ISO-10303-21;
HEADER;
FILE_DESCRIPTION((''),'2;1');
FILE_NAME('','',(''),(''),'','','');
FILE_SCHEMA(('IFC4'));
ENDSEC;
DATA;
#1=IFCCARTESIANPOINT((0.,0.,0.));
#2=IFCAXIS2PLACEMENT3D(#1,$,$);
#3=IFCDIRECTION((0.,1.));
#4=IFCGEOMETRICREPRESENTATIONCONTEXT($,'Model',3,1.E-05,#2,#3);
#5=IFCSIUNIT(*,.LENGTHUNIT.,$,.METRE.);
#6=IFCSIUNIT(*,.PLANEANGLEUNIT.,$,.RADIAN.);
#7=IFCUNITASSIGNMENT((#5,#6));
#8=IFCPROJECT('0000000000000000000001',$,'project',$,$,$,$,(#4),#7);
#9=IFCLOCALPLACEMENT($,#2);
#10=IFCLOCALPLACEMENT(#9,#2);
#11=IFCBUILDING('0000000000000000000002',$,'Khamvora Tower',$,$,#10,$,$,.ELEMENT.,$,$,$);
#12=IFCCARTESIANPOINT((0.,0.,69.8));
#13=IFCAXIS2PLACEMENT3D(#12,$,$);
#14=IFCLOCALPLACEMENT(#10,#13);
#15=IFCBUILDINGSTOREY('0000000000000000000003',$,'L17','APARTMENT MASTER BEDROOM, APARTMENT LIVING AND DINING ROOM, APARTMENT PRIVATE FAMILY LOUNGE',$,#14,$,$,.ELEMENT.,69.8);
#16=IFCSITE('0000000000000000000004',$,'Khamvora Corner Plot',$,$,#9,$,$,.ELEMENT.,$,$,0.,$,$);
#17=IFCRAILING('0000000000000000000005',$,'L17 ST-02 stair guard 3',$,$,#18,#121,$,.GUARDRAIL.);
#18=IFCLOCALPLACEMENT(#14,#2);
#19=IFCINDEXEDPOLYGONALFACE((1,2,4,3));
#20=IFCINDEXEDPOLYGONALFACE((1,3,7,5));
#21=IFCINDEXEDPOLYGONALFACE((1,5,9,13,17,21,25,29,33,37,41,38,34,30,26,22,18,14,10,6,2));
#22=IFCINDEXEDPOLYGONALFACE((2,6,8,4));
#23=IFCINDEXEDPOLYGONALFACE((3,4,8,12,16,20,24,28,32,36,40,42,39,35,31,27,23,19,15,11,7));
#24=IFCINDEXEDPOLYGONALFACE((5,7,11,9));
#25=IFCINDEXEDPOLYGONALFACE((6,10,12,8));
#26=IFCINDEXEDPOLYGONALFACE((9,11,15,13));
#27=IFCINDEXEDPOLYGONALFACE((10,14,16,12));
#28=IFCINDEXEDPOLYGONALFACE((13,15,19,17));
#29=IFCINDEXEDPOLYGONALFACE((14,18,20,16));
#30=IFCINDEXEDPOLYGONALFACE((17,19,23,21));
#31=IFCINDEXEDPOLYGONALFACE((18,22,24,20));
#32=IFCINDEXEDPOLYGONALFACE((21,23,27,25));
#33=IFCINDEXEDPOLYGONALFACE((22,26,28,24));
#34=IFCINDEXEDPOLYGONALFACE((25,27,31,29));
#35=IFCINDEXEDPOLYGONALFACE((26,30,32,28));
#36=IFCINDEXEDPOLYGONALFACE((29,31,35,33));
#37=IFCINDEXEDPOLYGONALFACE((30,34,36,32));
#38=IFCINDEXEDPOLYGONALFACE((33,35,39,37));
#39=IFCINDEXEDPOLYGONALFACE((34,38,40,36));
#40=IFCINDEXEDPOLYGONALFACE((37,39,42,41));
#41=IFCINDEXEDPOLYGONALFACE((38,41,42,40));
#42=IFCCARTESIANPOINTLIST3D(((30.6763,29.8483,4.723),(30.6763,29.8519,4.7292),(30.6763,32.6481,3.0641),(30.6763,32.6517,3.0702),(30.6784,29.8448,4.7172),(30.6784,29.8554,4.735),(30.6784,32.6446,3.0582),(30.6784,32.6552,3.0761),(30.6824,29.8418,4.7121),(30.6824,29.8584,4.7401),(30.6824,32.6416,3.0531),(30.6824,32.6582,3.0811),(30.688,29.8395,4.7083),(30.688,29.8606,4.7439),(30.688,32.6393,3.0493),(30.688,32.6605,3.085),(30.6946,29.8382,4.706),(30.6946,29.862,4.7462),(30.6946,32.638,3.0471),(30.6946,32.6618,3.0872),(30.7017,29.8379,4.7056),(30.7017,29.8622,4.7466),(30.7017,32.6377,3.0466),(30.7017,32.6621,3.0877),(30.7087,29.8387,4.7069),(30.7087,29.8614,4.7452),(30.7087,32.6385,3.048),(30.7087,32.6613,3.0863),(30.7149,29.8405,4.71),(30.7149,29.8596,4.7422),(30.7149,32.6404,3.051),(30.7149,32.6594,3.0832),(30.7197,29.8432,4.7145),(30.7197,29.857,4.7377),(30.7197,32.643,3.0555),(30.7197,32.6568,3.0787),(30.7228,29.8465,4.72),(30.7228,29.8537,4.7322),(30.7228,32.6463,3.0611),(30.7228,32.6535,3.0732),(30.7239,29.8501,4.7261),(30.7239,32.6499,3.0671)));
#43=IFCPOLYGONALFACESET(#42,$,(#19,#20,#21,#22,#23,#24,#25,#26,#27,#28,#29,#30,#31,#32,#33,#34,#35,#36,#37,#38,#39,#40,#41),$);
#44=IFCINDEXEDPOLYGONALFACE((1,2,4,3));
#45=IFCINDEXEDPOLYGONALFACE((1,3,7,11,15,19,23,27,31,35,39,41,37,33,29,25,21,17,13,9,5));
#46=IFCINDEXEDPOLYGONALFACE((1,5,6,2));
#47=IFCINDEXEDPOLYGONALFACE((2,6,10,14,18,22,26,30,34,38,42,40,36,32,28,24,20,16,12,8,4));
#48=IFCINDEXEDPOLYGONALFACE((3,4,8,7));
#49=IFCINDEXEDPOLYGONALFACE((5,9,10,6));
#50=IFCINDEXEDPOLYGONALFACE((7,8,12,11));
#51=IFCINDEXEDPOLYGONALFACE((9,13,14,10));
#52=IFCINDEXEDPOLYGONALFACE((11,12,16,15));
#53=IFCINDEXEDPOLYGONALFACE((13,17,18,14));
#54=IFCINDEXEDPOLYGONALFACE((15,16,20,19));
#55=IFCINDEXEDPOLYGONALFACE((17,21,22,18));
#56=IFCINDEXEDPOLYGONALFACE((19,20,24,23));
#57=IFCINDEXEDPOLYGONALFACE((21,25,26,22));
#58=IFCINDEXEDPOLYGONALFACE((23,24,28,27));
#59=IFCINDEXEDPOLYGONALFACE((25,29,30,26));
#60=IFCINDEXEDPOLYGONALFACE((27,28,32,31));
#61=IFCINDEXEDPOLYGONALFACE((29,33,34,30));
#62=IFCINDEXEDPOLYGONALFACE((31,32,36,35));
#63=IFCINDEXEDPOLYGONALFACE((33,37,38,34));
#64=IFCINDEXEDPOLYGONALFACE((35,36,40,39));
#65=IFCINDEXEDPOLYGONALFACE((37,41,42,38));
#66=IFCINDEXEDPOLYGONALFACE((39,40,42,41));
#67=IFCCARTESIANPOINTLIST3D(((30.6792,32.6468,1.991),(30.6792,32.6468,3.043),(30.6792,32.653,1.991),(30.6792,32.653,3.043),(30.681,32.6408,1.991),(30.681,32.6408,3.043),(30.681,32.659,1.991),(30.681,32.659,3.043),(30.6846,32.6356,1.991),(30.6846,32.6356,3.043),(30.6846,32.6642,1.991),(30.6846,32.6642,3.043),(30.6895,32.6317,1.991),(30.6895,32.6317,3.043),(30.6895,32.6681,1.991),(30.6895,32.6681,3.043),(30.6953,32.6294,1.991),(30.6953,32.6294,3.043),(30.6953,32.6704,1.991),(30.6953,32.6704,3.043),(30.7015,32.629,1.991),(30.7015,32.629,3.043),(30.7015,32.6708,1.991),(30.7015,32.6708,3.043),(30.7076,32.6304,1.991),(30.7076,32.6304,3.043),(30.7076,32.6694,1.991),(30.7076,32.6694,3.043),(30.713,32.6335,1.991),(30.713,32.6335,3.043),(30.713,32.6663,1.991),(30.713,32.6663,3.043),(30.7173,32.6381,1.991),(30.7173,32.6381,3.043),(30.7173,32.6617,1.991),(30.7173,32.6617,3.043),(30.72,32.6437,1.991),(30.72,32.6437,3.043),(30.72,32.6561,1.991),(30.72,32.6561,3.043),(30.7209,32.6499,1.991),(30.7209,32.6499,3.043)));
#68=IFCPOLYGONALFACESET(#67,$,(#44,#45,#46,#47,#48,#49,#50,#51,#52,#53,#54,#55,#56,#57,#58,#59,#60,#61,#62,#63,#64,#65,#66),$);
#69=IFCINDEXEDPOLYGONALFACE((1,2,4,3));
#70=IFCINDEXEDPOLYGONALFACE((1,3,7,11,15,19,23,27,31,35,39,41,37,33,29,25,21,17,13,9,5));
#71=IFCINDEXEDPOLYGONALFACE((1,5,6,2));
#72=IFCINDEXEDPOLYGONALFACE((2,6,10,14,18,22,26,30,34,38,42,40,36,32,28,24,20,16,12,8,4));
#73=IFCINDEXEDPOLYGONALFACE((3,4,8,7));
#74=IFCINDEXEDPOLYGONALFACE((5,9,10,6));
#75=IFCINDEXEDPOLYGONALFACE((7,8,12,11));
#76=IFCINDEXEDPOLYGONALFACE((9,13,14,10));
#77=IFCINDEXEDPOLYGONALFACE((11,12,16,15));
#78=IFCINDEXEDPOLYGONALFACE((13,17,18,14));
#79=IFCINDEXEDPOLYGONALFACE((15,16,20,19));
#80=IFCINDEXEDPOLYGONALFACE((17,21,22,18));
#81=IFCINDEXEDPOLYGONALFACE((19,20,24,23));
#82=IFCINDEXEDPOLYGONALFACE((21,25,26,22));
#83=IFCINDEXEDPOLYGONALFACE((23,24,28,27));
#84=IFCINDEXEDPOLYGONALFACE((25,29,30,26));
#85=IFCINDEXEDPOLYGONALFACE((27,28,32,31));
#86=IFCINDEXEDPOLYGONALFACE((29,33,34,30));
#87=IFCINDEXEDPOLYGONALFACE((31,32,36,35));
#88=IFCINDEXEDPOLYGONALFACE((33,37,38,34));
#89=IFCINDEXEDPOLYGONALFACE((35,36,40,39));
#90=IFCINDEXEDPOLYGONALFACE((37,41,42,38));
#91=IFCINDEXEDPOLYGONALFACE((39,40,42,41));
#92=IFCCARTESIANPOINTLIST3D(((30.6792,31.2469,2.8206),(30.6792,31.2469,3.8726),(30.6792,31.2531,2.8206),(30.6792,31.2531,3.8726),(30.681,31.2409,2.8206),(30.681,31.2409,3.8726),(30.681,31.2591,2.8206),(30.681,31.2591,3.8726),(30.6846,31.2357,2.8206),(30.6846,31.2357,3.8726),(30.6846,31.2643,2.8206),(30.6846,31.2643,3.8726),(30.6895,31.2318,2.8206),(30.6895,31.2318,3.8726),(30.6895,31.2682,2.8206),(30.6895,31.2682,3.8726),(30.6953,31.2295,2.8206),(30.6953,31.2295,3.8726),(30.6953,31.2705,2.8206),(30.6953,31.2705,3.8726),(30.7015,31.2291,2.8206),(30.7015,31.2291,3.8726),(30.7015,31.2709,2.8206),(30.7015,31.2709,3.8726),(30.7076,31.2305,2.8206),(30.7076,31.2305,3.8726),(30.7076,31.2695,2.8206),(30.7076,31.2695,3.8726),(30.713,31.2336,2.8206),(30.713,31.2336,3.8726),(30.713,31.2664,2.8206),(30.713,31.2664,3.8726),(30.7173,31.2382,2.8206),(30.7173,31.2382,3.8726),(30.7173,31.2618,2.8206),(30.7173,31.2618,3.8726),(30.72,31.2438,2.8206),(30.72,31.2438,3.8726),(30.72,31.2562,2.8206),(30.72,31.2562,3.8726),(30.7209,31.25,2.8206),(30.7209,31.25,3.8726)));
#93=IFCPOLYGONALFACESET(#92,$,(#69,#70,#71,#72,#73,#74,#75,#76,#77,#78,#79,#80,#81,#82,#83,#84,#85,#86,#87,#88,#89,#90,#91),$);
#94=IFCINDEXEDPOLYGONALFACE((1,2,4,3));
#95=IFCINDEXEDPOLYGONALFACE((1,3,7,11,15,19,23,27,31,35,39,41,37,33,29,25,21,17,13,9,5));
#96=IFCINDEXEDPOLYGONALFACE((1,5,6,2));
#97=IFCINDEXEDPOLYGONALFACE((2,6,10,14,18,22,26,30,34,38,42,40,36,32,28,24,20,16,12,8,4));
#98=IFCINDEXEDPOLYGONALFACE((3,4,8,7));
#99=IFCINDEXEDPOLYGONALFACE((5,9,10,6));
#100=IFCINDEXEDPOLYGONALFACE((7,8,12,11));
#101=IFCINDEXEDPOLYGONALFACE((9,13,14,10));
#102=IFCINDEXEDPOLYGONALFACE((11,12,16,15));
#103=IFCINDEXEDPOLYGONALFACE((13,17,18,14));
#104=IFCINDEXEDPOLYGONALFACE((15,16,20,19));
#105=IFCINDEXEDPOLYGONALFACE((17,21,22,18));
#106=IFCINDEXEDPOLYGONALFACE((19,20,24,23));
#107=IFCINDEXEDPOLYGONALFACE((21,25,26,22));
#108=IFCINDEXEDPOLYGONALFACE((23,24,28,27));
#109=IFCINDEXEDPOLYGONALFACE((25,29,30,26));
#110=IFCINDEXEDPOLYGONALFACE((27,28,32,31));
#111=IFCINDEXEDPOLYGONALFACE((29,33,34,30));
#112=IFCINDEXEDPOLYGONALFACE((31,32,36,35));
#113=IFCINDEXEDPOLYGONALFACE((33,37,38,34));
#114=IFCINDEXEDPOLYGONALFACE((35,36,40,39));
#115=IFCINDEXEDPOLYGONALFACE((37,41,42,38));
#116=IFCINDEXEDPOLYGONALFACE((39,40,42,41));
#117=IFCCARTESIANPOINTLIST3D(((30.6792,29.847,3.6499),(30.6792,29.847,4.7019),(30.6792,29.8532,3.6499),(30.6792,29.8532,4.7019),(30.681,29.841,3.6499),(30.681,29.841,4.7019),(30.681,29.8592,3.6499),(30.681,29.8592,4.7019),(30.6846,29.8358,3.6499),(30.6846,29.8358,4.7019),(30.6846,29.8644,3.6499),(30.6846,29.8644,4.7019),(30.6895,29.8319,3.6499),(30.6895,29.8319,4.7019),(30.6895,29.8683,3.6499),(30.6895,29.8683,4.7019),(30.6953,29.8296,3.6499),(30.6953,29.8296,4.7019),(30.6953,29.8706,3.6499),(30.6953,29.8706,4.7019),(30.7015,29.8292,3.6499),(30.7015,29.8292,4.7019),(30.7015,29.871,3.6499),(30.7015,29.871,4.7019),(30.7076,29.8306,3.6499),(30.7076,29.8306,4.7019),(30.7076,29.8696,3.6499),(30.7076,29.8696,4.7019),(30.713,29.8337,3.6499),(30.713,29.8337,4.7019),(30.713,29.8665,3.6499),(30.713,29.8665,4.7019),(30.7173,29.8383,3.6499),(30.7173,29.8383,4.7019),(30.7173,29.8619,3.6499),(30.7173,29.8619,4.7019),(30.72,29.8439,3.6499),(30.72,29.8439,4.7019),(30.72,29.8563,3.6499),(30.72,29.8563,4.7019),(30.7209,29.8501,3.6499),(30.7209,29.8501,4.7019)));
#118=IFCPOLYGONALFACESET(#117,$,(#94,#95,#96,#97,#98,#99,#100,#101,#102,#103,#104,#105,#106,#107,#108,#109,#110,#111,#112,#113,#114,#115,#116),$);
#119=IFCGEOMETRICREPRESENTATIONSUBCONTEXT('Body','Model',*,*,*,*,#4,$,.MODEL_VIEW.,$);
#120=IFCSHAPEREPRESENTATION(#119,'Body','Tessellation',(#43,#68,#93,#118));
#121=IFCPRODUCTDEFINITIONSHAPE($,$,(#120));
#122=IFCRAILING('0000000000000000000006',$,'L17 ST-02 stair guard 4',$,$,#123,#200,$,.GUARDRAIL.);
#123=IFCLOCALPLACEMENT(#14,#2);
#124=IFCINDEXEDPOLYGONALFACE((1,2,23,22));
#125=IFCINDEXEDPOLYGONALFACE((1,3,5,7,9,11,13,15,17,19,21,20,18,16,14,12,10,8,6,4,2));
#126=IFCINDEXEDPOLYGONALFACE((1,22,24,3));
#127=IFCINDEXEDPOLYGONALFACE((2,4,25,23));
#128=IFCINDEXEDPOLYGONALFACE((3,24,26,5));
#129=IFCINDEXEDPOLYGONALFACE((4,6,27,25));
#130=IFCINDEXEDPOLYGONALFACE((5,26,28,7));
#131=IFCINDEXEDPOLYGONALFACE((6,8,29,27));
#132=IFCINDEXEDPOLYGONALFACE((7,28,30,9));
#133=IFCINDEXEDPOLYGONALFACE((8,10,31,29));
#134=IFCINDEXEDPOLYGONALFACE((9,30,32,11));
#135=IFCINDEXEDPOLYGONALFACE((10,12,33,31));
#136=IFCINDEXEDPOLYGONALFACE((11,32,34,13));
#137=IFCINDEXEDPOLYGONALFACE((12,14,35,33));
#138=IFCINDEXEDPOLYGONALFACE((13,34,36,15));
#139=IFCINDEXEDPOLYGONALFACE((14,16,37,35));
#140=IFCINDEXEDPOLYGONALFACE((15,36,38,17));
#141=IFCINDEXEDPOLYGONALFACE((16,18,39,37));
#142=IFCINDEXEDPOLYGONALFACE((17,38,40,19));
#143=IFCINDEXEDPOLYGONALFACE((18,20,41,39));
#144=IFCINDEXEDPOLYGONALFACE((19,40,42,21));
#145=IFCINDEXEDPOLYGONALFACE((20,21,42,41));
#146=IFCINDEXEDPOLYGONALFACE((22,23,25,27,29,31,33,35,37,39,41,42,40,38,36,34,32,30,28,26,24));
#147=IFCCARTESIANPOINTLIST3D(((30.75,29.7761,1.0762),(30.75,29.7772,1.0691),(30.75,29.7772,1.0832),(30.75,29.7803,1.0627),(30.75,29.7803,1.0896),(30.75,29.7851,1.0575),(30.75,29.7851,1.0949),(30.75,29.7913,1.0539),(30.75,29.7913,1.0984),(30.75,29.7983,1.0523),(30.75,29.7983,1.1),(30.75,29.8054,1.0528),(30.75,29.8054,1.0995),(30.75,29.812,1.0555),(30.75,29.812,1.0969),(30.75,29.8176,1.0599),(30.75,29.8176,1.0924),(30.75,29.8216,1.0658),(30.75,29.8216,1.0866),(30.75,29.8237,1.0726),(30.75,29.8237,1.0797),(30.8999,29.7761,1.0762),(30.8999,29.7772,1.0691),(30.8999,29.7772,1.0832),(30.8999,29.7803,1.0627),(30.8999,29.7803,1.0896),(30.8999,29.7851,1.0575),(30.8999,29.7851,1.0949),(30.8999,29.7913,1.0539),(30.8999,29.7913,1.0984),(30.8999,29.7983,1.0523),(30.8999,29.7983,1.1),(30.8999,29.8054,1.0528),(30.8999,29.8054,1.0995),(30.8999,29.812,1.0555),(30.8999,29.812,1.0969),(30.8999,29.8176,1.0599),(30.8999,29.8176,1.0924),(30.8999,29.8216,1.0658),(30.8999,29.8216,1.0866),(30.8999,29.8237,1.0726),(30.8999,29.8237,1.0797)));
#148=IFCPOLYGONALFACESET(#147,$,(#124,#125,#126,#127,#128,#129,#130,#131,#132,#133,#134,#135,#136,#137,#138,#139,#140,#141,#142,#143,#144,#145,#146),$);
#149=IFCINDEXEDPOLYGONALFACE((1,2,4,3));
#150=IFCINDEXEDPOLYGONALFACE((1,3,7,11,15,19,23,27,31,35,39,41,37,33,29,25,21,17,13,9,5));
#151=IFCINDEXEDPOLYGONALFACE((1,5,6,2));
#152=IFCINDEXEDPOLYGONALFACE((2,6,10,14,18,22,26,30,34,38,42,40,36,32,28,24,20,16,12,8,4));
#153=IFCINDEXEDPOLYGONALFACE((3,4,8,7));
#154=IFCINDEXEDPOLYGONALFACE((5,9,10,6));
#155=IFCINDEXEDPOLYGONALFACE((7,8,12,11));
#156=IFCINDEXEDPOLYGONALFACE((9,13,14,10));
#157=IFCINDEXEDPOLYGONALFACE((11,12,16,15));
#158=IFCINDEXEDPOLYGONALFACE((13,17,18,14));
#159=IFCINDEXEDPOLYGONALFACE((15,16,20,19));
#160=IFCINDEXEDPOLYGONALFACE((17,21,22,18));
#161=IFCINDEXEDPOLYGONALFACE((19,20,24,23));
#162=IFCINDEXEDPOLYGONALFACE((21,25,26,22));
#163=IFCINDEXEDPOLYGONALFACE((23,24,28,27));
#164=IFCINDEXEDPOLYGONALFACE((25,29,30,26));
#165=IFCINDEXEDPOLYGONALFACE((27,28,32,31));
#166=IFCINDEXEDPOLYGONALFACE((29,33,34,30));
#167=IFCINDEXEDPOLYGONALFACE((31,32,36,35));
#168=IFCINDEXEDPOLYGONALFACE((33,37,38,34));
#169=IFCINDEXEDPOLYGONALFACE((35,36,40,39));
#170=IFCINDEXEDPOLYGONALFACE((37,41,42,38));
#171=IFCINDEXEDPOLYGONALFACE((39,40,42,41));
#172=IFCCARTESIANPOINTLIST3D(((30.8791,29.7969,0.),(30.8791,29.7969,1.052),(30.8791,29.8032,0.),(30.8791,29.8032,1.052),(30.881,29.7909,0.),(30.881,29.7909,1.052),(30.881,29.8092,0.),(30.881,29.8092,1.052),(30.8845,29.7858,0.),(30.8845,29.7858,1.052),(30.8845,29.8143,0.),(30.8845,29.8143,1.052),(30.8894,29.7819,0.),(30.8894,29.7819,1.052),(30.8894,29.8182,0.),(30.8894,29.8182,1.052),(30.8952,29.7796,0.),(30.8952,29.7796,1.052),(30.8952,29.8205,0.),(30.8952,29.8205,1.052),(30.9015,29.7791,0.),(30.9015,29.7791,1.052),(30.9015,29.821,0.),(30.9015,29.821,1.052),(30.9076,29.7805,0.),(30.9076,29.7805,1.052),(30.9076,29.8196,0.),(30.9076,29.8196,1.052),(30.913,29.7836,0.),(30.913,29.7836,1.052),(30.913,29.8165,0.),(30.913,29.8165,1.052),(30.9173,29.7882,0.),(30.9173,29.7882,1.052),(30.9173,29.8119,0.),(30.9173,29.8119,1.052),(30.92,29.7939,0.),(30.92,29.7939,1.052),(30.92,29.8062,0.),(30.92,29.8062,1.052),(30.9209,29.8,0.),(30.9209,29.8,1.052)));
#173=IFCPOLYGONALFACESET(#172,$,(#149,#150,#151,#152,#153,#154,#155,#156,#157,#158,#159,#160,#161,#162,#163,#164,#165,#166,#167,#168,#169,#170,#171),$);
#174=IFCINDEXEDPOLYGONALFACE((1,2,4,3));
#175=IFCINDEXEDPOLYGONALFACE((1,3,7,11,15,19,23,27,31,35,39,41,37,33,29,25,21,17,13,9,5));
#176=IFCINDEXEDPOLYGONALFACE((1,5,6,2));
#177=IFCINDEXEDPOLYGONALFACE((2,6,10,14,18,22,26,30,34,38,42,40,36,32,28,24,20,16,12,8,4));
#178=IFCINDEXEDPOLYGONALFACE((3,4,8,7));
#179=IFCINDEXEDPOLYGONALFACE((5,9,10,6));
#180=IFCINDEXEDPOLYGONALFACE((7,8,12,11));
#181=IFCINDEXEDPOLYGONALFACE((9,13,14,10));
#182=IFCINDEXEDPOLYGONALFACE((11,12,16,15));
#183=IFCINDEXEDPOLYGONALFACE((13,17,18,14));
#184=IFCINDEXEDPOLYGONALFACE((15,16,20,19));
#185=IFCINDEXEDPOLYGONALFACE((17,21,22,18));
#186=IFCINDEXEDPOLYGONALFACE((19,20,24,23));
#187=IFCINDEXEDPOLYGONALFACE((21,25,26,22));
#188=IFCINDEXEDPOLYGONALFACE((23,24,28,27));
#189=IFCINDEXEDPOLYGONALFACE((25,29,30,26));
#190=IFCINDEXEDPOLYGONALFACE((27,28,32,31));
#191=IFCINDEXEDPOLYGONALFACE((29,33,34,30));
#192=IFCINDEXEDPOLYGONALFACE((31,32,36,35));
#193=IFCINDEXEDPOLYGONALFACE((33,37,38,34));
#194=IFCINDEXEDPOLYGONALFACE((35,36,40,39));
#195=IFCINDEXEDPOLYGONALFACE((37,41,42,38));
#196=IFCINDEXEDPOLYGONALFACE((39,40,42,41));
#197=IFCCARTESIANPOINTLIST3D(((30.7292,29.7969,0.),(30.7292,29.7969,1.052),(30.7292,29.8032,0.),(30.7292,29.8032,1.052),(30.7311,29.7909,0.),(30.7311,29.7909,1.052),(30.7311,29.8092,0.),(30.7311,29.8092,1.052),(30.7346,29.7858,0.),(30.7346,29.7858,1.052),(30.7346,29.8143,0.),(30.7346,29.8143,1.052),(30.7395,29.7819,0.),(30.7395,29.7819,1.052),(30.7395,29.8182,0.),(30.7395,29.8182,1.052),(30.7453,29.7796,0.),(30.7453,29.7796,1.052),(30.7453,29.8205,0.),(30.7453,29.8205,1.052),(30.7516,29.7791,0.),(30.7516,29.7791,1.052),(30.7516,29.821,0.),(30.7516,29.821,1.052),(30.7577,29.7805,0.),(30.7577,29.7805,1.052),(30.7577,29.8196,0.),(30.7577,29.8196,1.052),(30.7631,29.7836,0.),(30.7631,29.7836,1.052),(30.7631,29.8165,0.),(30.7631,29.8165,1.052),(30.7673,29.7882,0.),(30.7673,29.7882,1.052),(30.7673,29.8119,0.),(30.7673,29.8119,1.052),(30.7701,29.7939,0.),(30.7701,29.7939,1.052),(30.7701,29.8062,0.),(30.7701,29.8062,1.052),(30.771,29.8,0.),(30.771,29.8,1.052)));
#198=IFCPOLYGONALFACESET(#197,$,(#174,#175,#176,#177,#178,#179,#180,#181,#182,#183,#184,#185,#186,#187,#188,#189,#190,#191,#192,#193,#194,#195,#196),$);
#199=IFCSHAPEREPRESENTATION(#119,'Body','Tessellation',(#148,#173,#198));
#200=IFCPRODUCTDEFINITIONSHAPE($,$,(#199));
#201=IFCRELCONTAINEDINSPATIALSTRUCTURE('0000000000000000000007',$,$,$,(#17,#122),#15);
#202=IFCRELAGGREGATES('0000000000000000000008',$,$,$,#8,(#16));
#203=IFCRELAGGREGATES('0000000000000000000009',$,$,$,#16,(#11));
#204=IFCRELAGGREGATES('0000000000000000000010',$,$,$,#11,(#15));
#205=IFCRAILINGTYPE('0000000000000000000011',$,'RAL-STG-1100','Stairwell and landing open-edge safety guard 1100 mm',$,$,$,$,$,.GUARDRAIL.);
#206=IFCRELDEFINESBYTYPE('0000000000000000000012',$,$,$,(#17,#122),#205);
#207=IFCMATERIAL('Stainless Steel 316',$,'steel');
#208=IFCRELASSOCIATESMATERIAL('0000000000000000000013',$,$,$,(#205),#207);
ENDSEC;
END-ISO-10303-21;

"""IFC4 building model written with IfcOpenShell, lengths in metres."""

from ifc_helpers import new_model, si_unit, direction, frame, origin, origin_2d, place, context, subcontext, project, spatial, circle, extrude, material, type_object, element, save


model = new_model("IFC4")

# Units and contexts
model_context = context("Model", 3, precision=1e-05, world=origin(), true_north=direction((0.0, 1.0)))
body_context = subcontext(model_context, "Body", "Model", "MODEL_VIEW")
ifc_project = project(units=[si_unit("LENGTHUNIT", "METRE"), si_unit("PLANEANGLEUNIT", "RADIAN")], contexts=[model_context])

# Site, building, storey
site_placement = place(None, origin())
site = spatial("IfcSite", under=ifc_project, at=site_placement, Name="Khamvora Corner Plot", CompositionType="ELEMENT", RefElevation=0.0)
building_placement = place(site_placement, origin())
building = spatial("IfcBuilding", under=site, at=building_placement, Name="Khamvora Tower", CompositionType="ELEMENT")
storey_placement = place(building_placement, frame((0.0, 0.0, 69.8)))
storey = spatial("IfcBuildingStorey", under=building, at=storey_placement, Name="L17", Description="APARTMENT MASTER BEDROOM, APARTMENT LIVING AND DINING ROOM, APARTMENT PRIVATE FAMILY LOUNGE", CompositionType="ELEMENT", Elevation=69.8)

# Railings
ifc_material_1 = material(Name="Stainless Steel 316", Category="steel")
railing_type_1 = type_object("IfcRailingType", Name="RAL-STG-1100", Description="Stairwell and landing open-edge safety guard 1100 mm", PredefinedType="GUARDRAIL", material=ifc_material_1)
railing_1_placement = place(storey_placement, frame((30.7, 32.6499, 1.991)))
element("IfcRailing", 1, at=railing_1_placement, inside=storey, type_object=railing_type_1, Name="L17 ST-02 stair guard 3", PredefinedType="GUARDRAIL", context=body_context, shape_type="SweptSolid", body=[
    extrude(circle(Radius=0.0239, at=origin_2d()), frame((0.0, 0.0, 1.0762), z_axis=(0.0, -0.86032, 0.509755), x_axis=(1.0, 0.0, 0.0)), (0.0, 0.0, 1.0), 3.2544),
    extrude(circle(Radius=0.021, at=origin_2d()), origin(), (0.0, 0.0, 1.0), 1.052),
    extrude(circle(Radius=0.021, at=origin_2d()), frame((0.0, -1.3999, 0.8296)), (0.0, 0.0, 1.0), 1.052),
    extrude(circle(Radius=0.021, at=origin_2d()), frame((0.0, -2.7998, 1.6589)), (0.0, 0.0, 1.0), 1.052),
])
railing_2_placement = place(storey_placement, frame((30.8999, 29.8, 0.0)))
element("IfcRailing", 2, at=railing_2_placement, inside=storey, type_object=railing_type_1, Name="L17 ST-02 stair guard 4", PredefinedType="GUARDRAIL", context=body_context, shape_type="SweptSolid", body=[
    extrude(circle(Radius=0.0239, at=origin_2d()), frame((0.0, 0.0, 1.0762), z_axis=(-1.0, 0.0, 0.0), x_axis=(0.0, -1.0, 0.0)), (0.0, 0.0, 1.0), 0.1499),
    extrude(circle(Radius=0.021, at=origin_2d()), origin(), (0.0, 0.0, 1.0), 1.052),
    extrude(circle(Radius=0.021, at=origin_2d()), frame((-0.1499, 0.0, 0.0)), (0.0, 0.0, 1.0), 1.052),
])

save(model, "model.ifc")
